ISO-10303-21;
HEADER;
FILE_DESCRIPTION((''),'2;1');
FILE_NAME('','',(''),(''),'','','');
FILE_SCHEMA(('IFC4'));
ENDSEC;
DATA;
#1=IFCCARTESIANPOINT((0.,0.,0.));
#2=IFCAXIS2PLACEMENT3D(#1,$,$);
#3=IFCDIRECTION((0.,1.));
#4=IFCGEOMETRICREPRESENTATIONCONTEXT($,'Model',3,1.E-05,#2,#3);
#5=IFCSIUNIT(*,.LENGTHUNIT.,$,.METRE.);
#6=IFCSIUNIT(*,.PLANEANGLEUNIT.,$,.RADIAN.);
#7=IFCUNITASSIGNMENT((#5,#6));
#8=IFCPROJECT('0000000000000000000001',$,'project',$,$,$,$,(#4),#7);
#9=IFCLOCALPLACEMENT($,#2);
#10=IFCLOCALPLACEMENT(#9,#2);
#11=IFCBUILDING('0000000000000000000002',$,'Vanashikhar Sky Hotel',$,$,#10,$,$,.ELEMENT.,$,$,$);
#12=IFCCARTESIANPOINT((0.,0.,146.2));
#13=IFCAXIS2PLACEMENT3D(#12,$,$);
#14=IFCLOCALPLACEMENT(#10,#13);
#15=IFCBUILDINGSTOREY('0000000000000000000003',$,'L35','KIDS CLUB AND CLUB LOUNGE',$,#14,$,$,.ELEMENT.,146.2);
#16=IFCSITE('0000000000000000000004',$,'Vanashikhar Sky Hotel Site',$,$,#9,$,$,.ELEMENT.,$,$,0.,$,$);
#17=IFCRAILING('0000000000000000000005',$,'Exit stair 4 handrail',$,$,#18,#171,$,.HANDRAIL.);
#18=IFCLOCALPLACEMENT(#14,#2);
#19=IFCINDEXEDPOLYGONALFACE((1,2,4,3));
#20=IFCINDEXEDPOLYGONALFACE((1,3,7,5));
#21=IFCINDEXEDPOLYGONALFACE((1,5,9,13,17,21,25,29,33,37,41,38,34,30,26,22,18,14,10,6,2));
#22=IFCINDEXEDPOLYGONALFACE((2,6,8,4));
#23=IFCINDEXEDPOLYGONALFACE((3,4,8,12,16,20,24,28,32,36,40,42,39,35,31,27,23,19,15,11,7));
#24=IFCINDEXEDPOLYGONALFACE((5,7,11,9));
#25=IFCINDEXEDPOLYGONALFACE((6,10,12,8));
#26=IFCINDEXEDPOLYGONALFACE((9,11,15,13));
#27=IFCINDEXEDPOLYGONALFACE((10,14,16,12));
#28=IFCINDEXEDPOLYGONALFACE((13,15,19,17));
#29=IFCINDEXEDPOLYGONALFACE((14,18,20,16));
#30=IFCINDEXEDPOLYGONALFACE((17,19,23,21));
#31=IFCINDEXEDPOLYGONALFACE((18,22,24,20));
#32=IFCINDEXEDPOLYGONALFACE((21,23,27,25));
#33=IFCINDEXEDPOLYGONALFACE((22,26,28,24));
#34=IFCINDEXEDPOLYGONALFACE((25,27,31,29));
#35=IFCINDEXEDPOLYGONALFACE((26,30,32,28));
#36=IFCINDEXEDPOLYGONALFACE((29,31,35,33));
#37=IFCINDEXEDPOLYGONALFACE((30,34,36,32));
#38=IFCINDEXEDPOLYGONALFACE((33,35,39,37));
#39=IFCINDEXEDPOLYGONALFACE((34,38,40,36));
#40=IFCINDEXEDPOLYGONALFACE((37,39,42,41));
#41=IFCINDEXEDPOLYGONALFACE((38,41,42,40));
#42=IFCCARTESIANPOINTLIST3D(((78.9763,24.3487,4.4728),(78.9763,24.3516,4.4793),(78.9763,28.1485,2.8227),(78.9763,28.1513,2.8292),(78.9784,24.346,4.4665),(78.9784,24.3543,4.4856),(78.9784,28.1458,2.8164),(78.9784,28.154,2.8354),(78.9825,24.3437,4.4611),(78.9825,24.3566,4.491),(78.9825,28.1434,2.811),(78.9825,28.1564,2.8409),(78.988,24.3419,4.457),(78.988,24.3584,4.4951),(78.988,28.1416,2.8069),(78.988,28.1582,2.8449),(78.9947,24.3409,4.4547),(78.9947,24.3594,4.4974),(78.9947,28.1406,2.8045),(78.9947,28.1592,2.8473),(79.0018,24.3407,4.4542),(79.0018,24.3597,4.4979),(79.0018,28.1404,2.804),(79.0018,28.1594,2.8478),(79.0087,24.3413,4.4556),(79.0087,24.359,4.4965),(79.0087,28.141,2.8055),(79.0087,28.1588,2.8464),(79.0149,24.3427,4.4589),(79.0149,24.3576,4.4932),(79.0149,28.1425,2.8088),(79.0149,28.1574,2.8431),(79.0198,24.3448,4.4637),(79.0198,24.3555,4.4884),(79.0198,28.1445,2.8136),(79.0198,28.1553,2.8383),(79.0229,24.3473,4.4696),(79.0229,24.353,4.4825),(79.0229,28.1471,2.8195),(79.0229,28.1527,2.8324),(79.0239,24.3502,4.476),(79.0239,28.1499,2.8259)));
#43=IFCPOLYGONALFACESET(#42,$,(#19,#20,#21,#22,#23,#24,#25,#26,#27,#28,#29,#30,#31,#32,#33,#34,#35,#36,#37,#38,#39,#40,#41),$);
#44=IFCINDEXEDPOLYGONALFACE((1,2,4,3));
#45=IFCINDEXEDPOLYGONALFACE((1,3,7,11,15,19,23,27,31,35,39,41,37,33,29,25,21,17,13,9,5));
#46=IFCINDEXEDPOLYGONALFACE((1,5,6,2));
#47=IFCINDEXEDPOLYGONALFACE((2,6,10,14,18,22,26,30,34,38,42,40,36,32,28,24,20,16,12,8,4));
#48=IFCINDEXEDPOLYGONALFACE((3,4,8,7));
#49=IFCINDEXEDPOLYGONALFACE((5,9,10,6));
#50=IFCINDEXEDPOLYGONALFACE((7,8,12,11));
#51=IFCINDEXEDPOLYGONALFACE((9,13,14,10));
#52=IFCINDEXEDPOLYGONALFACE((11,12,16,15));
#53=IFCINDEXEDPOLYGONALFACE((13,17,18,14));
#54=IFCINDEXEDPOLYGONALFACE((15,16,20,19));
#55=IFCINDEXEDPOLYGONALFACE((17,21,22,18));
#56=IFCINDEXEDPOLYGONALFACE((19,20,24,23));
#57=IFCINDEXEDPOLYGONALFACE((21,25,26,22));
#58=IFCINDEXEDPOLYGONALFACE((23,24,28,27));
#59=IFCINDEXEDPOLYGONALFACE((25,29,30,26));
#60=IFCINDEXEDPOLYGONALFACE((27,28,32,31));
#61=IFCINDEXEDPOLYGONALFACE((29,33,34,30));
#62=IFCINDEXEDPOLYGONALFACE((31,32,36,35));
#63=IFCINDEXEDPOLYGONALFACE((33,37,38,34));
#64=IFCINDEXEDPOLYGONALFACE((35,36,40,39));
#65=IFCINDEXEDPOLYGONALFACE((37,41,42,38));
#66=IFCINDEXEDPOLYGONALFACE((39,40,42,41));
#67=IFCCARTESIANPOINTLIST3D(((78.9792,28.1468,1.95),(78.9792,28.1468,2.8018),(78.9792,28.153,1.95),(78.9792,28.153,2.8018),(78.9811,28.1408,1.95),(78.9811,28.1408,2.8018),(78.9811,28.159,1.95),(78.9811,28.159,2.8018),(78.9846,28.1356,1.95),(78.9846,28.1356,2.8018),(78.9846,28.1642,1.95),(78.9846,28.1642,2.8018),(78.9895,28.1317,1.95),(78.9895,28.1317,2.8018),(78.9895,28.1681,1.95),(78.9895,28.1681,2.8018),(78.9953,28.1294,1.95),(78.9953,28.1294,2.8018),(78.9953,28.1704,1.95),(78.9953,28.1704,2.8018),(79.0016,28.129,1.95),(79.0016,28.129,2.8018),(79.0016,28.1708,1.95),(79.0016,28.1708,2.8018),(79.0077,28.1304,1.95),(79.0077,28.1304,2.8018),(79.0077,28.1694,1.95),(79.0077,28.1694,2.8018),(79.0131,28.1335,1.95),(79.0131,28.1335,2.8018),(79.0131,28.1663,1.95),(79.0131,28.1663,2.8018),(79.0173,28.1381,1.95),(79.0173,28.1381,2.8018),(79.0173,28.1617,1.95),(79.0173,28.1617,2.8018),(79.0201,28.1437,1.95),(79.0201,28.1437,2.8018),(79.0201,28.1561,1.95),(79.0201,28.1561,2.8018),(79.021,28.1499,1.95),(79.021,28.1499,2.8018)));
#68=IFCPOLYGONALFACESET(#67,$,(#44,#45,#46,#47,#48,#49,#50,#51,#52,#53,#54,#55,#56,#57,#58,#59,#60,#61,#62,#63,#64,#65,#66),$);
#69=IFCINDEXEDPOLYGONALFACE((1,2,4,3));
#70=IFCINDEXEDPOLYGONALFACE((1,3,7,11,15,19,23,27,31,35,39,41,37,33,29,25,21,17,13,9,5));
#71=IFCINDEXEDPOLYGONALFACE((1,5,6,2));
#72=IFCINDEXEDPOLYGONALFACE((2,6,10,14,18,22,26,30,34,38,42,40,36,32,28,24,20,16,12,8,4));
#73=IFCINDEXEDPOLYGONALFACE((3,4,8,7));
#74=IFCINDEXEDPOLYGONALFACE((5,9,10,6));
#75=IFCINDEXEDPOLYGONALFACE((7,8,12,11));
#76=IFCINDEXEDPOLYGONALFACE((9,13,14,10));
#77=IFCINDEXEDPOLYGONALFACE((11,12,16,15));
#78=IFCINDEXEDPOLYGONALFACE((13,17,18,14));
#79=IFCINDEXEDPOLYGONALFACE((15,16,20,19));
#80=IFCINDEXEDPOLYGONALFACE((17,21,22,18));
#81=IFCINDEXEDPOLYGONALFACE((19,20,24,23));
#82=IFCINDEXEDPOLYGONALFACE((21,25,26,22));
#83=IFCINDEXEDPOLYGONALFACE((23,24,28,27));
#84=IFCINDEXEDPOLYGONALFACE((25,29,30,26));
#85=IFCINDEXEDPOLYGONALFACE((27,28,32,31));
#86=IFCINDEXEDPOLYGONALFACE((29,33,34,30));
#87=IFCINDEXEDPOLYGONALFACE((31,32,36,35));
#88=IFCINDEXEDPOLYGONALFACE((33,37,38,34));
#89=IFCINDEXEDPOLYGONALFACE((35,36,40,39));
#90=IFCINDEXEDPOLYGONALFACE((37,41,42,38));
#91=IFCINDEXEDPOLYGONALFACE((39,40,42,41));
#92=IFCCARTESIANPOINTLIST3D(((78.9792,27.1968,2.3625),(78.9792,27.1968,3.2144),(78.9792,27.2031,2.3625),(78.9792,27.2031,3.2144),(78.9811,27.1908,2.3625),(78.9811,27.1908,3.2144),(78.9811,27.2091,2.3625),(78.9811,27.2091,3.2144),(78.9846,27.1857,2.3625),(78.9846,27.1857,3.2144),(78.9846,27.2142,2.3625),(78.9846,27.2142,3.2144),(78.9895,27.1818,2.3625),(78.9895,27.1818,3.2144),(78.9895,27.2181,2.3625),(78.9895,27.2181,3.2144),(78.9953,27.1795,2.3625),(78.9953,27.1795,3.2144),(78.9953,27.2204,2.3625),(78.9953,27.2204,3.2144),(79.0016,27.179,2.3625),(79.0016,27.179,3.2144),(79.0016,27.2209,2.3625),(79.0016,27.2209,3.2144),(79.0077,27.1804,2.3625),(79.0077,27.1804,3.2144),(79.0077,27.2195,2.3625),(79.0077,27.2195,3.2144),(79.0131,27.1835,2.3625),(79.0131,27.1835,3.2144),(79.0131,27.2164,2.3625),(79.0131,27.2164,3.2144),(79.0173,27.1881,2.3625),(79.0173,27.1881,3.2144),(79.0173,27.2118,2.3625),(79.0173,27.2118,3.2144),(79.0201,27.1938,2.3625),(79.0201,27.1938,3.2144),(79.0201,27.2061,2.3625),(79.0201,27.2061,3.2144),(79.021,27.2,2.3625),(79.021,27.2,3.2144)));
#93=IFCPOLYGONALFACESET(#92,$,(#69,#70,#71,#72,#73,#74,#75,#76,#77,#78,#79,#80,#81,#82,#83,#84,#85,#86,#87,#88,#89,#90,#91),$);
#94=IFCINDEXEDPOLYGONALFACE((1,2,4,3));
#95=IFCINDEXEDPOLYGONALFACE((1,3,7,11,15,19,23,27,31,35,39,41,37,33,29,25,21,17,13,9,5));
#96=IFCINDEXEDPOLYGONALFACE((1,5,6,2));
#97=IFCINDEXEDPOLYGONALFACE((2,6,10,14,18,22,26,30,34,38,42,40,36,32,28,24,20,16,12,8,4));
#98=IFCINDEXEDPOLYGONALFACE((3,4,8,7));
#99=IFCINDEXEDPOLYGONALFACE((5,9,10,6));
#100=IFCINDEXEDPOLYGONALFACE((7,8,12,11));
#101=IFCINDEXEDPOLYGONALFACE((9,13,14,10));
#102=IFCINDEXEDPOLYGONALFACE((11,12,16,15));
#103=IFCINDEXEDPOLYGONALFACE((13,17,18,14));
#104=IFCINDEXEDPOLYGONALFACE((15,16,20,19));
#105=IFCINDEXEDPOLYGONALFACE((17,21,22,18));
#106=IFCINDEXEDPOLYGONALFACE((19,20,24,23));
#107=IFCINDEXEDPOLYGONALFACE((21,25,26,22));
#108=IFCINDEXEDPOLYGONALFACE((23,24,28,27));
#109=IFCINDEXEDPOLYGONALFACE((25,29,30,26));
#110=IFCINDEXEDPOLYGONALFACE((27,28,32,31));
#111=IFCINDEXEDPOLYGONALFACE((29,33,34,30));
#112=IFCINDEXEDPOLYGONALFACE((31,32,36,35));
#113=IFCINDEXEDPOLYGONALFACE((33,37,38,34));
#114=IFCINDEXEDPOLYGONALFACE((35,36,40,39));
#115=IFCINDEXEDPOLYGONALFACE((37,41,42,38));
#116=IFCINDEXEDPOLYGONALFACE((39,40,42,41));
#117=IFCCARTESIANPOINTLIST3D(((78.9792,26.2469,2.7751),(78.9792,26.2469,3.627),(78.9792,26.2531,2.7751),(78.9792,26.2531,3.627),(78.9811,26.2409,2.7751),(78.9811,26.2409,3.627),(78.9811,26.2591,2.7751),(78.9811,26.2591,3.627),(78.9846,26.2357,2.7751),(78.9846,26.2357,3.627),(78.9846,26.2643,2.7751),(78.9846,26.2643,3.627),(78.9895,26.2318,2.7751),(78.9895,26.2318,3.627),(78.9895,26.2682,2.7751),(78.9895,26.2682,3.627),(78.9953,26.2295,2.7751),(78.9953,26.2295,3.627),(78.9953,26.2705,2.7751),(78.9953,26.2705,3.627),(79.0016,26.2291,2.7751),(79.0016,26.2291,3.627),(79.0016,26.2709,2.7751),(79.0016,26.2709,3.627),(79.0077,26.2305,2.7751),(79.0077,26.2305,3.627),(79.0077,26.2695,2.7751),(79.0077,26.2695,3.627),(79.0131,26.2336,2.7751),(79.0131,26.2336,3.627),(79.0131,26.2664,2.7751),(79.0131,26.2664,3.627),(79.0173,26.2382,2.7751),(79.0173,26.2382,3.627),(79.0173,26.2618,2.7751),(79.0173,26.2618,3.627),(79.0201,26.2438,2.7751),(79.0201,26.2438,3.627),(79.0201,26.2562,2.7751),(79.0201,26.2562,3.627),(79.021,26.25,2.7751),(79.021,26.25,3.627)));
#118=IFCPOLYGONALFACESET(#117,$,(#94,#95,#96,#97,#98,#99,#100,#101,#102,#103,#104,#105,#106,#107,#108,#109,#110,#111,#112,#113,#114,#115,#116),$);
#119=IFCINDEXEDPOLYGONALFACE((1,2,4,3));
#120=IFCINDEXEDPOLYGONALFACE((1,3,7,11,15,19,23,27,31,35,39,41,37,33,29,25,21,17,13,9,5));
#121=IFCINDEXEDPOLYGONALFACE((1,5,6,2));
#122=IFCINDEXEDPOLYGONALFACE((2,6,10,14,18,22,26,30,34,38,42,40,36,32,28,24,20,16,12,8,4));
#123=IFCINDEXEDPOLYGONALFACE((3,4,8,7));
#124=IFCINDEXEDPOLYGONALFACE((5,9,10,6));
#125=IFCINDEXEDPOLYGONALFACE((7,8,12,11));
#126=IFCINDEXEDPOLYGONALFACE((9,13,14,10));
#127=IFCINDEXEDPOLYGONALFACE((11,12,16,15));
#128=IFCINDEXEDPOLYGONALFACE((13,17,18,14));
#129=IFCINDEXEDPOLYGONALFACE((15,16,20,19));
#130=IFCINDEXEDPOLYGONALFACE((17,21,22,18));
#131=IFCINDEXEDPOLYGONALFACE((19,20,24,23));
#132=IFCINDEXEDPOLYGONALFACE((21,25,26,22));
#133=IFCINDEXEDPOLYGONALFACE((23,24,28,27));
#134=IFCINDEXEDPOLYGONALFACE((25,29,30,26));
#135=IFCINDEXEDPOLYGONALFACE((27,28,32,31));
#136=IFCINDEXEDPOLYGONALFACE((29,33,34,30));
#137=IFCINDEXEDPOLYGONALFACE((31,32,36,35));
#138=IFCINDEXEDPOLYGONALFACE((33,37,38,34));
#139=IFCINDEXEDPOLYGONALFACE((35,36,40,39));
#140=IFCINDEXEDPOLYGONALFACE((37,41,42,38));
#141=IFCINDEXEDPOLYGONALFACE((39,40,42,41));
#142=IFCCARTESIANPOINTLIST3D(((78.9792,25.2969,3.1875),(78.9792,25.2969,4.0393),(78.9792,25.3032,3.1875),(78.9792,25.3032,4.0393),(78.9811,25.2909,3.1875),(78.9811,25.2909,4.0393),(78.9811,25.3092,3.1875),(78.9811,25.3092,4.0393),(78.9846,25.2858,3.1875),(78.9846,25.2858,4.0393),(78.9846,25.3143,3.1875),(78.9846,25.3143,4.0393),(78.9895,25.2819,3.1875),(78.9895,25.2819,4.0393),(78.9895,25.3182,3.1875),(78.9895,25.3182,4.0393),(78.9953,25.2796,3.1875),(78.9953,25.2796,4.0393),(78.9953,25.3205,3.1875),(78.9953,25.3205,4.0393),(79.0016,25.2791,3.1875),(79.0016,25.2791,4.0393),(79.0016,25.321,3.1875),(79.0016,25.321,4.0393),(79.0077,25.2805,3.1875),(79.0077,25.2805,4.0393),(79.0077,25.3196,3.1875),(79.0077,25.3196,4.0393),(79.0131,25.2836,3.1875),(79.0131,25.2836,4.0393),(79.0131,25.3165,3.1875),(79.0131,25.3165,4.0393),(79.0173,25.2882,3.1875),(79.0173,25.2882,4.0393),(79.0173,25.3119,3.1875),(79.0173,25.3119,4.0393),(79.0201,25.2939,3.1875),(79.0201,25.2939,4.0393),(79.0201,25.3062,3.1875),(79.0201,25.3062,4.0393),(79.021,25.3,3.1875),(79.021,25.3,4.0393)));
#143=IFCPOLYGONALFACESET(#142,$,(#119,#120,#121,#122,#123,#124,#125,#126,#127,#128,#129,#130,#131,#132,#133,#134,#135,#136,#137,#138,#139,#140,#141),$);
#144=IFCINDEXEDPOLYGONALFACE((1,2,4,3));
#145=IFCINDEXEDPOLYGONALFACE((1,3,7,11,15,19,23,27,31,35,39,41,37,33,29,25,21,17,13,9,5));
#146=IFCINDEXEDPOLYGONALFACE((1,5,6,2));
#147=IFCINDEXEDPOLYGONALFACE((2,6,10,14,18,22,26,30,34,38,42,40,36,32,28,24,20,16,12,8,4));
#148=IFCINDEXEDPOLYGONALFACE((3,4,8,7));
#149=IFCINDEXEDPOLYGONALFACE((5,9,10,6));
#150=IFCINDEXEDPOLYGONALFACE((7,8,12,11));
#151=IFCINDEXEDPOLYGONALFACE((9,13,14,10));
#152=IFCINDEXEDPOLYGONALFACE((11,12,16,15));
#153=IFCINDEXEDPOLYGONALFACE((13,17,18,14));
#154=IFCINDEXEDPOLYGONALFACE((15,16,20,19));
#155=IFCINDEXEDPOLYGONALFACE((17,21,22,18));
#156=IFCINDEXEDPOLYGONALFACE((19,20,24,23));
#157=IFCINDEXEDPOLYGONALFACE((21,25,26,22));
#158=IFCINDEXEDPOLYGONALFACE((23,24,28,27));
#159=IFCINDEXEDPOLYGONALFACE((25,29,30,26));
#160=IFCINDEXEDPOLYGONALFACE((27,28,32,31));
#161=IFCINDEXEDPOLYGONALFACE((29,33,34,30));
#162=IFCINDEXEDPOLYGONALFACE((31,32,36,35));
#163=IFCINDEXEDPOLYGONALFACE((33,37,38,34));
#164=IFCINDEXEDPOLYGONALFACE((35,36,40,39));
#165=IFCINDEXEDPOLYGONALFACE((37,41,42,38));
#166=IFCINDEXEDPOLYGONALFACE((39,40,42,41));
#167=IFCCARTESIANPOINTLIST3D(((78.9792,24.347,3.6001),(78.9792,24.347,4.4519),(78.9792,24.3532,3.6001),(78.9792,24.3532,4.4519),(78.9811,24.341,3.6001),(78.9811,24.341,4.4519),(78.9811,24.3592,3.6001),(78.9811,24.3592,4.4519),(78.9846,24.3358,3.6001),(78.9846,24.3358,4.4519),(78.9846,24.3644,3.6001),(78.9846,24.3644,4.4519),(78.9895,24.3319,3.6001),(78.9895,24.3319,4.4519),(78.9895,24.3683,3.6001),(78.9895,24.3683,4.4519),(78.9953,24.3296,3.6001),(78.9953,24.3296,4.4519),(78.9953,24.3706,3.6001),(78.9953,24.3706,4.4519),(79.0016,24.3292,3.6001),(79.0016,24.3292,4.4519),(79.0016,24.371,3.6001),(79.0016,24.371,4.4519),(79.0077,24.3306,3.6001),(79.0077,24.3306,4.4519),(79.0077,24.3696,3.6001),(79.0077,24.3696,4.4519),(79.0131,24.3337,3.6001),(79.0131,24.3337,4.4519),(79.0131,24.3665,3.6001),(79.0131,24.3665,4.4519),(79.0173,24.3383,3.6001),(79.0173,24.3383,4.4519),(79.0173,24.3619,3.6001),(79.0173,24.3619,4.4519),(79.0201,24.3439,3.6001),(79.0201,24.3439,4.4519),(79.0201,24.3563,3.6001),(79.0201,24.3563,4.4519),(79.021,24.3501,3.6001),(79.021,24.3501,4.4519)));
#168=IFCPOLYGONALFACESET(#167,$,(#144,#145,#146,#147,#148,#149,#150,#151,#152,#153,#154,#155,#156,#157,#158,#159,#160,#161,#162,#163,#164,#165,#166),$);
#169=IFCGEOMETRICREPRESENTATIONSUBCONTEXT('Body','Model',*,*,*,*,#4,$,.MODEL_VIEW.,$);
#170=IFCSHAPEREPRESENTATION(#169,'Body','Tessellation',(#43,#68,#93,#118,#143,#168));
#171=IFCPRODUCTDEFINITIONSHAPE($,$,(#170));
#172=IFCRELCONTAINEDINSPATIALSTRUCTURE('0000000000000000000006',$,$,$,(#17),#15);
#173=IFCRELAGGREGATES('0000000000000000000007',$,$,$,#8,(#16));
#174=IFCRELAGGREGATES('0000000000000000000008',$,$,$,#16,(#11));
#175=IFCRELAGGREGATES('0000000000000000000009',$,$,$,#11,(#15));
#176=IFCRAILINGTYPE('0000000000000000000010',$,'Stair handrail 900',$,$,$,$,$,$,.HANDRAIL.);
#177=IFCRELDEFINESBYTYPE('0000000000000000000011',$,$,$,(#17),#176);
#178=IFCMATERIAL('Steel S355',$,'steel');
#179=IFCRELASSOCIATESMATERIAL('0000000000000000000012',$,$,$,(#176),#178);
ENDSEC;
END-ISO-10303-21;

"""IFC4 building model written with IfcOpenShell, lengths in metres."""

from ifc_helpers import new_model, si_unit, direction, frame, origin, origin_2d, place, context, subcontext, project, spatial, circle, extrude, source, transform, mapped, material, type_object, element, save


model = new_model("IFC4")

# Units and contexts
model_context = context("Model", 3, precision=1e-05, world=origin(), true_north=direction((0.0, 1.0)))
body_context = subcontext(model_context, "Body", "Model", "MODEL_VIEW")
ifc_project = project(units=[si_unit("LENGTHUNIT", "METRE"), si_unit("PLANEANGLEUNIT", "RADIAN")], contexts=[model_context])

# Site, building, storey
site_placement = place(None, origin())
site = spatial("IfcSite", under=ifc_project, at=site_placement, Name="Vanashikhar Sky Hotel Site", CompositionType="ELEMENT", RefElevation=0.0)
building_placement = place(site_placement, origin())
building = spatial("IfcBuilding", under=site, at=building_placement, Name="Vanashikhar Sky Hotel", CompositionType="ELEMENT")
storey_placement = place(building_placement, frame((0.0, 0.0, 146.2)))
storey = spatial("IfcBuildingStorey", under=building, at=storey_placement, Name="L35", Description="KIDS CLUB AND CLUB LOUNGE", CompositionType="ELEMENT", Elevation=146.2)

# Railing
ifc_material_1 = material(Name="Steel S355", Category="steel")
railing_type_1 = type_object("IfcRailingType", Name="Stair handrail 900", PredefinedType="HANDRAIL", material=ifc_material_1)
shared_shape_1 = source(origin(), body_context, "Body", "SweptSolid", [
    extrude(circle(Radius=0.0239, at=origin_2d()), frame((0.0, 0.0, 0.876), z_axis=(0.0, -0.917241, 0.398332), x_axis=(1.0, 0.0, 0.0)), (0.0, 0.0, 1.0), 4.1426),
    extrude(circle(Radius=0.021, at=origin_2d()), origin(), (0.0, 0.0, 1.0), 0.8518),
    extrude(circle(Radius=0.021, at=origin_2d()), frame((0.0, -0.95, 0.4126)), (0.0, 0.0, 1.0), 0.8518),
    extrude(circle(Radius=0.021, at=origin_2d()), frame((0.0, -1.8999, 0.8252)), (0.0, 0.0, 1.0), 0.8518),
    extrude(circle(Radius=0.021, at=origin_2d()), frame((0.0, -2.8499, 1.2375)), (0.0, 0.0, 1.0), 0.8518),
    extrude(circle(Radius=0.021, at=origin_2d()), frame((0.0, -3.7998, 1.6501)), (0.0, 0.0, 1.0), 0.8518),
])
railing_1_placement = place(storey_placement, frame((79.0, 28.1499, 1.95)))
element("IfcRailing", 1, at=railing_1_placement, inside=storey, type_object=railing_type_1, Name="Exit stair 4 handrail", PredefinedType="HANDRAIL", context=body_context, shape_type="MappedRepresentation", body=[
    mapped(shared_shape_1, transform((0.0, 0.0, 0.0), scale=1.0)),
])

save(model, "model.ifc")
